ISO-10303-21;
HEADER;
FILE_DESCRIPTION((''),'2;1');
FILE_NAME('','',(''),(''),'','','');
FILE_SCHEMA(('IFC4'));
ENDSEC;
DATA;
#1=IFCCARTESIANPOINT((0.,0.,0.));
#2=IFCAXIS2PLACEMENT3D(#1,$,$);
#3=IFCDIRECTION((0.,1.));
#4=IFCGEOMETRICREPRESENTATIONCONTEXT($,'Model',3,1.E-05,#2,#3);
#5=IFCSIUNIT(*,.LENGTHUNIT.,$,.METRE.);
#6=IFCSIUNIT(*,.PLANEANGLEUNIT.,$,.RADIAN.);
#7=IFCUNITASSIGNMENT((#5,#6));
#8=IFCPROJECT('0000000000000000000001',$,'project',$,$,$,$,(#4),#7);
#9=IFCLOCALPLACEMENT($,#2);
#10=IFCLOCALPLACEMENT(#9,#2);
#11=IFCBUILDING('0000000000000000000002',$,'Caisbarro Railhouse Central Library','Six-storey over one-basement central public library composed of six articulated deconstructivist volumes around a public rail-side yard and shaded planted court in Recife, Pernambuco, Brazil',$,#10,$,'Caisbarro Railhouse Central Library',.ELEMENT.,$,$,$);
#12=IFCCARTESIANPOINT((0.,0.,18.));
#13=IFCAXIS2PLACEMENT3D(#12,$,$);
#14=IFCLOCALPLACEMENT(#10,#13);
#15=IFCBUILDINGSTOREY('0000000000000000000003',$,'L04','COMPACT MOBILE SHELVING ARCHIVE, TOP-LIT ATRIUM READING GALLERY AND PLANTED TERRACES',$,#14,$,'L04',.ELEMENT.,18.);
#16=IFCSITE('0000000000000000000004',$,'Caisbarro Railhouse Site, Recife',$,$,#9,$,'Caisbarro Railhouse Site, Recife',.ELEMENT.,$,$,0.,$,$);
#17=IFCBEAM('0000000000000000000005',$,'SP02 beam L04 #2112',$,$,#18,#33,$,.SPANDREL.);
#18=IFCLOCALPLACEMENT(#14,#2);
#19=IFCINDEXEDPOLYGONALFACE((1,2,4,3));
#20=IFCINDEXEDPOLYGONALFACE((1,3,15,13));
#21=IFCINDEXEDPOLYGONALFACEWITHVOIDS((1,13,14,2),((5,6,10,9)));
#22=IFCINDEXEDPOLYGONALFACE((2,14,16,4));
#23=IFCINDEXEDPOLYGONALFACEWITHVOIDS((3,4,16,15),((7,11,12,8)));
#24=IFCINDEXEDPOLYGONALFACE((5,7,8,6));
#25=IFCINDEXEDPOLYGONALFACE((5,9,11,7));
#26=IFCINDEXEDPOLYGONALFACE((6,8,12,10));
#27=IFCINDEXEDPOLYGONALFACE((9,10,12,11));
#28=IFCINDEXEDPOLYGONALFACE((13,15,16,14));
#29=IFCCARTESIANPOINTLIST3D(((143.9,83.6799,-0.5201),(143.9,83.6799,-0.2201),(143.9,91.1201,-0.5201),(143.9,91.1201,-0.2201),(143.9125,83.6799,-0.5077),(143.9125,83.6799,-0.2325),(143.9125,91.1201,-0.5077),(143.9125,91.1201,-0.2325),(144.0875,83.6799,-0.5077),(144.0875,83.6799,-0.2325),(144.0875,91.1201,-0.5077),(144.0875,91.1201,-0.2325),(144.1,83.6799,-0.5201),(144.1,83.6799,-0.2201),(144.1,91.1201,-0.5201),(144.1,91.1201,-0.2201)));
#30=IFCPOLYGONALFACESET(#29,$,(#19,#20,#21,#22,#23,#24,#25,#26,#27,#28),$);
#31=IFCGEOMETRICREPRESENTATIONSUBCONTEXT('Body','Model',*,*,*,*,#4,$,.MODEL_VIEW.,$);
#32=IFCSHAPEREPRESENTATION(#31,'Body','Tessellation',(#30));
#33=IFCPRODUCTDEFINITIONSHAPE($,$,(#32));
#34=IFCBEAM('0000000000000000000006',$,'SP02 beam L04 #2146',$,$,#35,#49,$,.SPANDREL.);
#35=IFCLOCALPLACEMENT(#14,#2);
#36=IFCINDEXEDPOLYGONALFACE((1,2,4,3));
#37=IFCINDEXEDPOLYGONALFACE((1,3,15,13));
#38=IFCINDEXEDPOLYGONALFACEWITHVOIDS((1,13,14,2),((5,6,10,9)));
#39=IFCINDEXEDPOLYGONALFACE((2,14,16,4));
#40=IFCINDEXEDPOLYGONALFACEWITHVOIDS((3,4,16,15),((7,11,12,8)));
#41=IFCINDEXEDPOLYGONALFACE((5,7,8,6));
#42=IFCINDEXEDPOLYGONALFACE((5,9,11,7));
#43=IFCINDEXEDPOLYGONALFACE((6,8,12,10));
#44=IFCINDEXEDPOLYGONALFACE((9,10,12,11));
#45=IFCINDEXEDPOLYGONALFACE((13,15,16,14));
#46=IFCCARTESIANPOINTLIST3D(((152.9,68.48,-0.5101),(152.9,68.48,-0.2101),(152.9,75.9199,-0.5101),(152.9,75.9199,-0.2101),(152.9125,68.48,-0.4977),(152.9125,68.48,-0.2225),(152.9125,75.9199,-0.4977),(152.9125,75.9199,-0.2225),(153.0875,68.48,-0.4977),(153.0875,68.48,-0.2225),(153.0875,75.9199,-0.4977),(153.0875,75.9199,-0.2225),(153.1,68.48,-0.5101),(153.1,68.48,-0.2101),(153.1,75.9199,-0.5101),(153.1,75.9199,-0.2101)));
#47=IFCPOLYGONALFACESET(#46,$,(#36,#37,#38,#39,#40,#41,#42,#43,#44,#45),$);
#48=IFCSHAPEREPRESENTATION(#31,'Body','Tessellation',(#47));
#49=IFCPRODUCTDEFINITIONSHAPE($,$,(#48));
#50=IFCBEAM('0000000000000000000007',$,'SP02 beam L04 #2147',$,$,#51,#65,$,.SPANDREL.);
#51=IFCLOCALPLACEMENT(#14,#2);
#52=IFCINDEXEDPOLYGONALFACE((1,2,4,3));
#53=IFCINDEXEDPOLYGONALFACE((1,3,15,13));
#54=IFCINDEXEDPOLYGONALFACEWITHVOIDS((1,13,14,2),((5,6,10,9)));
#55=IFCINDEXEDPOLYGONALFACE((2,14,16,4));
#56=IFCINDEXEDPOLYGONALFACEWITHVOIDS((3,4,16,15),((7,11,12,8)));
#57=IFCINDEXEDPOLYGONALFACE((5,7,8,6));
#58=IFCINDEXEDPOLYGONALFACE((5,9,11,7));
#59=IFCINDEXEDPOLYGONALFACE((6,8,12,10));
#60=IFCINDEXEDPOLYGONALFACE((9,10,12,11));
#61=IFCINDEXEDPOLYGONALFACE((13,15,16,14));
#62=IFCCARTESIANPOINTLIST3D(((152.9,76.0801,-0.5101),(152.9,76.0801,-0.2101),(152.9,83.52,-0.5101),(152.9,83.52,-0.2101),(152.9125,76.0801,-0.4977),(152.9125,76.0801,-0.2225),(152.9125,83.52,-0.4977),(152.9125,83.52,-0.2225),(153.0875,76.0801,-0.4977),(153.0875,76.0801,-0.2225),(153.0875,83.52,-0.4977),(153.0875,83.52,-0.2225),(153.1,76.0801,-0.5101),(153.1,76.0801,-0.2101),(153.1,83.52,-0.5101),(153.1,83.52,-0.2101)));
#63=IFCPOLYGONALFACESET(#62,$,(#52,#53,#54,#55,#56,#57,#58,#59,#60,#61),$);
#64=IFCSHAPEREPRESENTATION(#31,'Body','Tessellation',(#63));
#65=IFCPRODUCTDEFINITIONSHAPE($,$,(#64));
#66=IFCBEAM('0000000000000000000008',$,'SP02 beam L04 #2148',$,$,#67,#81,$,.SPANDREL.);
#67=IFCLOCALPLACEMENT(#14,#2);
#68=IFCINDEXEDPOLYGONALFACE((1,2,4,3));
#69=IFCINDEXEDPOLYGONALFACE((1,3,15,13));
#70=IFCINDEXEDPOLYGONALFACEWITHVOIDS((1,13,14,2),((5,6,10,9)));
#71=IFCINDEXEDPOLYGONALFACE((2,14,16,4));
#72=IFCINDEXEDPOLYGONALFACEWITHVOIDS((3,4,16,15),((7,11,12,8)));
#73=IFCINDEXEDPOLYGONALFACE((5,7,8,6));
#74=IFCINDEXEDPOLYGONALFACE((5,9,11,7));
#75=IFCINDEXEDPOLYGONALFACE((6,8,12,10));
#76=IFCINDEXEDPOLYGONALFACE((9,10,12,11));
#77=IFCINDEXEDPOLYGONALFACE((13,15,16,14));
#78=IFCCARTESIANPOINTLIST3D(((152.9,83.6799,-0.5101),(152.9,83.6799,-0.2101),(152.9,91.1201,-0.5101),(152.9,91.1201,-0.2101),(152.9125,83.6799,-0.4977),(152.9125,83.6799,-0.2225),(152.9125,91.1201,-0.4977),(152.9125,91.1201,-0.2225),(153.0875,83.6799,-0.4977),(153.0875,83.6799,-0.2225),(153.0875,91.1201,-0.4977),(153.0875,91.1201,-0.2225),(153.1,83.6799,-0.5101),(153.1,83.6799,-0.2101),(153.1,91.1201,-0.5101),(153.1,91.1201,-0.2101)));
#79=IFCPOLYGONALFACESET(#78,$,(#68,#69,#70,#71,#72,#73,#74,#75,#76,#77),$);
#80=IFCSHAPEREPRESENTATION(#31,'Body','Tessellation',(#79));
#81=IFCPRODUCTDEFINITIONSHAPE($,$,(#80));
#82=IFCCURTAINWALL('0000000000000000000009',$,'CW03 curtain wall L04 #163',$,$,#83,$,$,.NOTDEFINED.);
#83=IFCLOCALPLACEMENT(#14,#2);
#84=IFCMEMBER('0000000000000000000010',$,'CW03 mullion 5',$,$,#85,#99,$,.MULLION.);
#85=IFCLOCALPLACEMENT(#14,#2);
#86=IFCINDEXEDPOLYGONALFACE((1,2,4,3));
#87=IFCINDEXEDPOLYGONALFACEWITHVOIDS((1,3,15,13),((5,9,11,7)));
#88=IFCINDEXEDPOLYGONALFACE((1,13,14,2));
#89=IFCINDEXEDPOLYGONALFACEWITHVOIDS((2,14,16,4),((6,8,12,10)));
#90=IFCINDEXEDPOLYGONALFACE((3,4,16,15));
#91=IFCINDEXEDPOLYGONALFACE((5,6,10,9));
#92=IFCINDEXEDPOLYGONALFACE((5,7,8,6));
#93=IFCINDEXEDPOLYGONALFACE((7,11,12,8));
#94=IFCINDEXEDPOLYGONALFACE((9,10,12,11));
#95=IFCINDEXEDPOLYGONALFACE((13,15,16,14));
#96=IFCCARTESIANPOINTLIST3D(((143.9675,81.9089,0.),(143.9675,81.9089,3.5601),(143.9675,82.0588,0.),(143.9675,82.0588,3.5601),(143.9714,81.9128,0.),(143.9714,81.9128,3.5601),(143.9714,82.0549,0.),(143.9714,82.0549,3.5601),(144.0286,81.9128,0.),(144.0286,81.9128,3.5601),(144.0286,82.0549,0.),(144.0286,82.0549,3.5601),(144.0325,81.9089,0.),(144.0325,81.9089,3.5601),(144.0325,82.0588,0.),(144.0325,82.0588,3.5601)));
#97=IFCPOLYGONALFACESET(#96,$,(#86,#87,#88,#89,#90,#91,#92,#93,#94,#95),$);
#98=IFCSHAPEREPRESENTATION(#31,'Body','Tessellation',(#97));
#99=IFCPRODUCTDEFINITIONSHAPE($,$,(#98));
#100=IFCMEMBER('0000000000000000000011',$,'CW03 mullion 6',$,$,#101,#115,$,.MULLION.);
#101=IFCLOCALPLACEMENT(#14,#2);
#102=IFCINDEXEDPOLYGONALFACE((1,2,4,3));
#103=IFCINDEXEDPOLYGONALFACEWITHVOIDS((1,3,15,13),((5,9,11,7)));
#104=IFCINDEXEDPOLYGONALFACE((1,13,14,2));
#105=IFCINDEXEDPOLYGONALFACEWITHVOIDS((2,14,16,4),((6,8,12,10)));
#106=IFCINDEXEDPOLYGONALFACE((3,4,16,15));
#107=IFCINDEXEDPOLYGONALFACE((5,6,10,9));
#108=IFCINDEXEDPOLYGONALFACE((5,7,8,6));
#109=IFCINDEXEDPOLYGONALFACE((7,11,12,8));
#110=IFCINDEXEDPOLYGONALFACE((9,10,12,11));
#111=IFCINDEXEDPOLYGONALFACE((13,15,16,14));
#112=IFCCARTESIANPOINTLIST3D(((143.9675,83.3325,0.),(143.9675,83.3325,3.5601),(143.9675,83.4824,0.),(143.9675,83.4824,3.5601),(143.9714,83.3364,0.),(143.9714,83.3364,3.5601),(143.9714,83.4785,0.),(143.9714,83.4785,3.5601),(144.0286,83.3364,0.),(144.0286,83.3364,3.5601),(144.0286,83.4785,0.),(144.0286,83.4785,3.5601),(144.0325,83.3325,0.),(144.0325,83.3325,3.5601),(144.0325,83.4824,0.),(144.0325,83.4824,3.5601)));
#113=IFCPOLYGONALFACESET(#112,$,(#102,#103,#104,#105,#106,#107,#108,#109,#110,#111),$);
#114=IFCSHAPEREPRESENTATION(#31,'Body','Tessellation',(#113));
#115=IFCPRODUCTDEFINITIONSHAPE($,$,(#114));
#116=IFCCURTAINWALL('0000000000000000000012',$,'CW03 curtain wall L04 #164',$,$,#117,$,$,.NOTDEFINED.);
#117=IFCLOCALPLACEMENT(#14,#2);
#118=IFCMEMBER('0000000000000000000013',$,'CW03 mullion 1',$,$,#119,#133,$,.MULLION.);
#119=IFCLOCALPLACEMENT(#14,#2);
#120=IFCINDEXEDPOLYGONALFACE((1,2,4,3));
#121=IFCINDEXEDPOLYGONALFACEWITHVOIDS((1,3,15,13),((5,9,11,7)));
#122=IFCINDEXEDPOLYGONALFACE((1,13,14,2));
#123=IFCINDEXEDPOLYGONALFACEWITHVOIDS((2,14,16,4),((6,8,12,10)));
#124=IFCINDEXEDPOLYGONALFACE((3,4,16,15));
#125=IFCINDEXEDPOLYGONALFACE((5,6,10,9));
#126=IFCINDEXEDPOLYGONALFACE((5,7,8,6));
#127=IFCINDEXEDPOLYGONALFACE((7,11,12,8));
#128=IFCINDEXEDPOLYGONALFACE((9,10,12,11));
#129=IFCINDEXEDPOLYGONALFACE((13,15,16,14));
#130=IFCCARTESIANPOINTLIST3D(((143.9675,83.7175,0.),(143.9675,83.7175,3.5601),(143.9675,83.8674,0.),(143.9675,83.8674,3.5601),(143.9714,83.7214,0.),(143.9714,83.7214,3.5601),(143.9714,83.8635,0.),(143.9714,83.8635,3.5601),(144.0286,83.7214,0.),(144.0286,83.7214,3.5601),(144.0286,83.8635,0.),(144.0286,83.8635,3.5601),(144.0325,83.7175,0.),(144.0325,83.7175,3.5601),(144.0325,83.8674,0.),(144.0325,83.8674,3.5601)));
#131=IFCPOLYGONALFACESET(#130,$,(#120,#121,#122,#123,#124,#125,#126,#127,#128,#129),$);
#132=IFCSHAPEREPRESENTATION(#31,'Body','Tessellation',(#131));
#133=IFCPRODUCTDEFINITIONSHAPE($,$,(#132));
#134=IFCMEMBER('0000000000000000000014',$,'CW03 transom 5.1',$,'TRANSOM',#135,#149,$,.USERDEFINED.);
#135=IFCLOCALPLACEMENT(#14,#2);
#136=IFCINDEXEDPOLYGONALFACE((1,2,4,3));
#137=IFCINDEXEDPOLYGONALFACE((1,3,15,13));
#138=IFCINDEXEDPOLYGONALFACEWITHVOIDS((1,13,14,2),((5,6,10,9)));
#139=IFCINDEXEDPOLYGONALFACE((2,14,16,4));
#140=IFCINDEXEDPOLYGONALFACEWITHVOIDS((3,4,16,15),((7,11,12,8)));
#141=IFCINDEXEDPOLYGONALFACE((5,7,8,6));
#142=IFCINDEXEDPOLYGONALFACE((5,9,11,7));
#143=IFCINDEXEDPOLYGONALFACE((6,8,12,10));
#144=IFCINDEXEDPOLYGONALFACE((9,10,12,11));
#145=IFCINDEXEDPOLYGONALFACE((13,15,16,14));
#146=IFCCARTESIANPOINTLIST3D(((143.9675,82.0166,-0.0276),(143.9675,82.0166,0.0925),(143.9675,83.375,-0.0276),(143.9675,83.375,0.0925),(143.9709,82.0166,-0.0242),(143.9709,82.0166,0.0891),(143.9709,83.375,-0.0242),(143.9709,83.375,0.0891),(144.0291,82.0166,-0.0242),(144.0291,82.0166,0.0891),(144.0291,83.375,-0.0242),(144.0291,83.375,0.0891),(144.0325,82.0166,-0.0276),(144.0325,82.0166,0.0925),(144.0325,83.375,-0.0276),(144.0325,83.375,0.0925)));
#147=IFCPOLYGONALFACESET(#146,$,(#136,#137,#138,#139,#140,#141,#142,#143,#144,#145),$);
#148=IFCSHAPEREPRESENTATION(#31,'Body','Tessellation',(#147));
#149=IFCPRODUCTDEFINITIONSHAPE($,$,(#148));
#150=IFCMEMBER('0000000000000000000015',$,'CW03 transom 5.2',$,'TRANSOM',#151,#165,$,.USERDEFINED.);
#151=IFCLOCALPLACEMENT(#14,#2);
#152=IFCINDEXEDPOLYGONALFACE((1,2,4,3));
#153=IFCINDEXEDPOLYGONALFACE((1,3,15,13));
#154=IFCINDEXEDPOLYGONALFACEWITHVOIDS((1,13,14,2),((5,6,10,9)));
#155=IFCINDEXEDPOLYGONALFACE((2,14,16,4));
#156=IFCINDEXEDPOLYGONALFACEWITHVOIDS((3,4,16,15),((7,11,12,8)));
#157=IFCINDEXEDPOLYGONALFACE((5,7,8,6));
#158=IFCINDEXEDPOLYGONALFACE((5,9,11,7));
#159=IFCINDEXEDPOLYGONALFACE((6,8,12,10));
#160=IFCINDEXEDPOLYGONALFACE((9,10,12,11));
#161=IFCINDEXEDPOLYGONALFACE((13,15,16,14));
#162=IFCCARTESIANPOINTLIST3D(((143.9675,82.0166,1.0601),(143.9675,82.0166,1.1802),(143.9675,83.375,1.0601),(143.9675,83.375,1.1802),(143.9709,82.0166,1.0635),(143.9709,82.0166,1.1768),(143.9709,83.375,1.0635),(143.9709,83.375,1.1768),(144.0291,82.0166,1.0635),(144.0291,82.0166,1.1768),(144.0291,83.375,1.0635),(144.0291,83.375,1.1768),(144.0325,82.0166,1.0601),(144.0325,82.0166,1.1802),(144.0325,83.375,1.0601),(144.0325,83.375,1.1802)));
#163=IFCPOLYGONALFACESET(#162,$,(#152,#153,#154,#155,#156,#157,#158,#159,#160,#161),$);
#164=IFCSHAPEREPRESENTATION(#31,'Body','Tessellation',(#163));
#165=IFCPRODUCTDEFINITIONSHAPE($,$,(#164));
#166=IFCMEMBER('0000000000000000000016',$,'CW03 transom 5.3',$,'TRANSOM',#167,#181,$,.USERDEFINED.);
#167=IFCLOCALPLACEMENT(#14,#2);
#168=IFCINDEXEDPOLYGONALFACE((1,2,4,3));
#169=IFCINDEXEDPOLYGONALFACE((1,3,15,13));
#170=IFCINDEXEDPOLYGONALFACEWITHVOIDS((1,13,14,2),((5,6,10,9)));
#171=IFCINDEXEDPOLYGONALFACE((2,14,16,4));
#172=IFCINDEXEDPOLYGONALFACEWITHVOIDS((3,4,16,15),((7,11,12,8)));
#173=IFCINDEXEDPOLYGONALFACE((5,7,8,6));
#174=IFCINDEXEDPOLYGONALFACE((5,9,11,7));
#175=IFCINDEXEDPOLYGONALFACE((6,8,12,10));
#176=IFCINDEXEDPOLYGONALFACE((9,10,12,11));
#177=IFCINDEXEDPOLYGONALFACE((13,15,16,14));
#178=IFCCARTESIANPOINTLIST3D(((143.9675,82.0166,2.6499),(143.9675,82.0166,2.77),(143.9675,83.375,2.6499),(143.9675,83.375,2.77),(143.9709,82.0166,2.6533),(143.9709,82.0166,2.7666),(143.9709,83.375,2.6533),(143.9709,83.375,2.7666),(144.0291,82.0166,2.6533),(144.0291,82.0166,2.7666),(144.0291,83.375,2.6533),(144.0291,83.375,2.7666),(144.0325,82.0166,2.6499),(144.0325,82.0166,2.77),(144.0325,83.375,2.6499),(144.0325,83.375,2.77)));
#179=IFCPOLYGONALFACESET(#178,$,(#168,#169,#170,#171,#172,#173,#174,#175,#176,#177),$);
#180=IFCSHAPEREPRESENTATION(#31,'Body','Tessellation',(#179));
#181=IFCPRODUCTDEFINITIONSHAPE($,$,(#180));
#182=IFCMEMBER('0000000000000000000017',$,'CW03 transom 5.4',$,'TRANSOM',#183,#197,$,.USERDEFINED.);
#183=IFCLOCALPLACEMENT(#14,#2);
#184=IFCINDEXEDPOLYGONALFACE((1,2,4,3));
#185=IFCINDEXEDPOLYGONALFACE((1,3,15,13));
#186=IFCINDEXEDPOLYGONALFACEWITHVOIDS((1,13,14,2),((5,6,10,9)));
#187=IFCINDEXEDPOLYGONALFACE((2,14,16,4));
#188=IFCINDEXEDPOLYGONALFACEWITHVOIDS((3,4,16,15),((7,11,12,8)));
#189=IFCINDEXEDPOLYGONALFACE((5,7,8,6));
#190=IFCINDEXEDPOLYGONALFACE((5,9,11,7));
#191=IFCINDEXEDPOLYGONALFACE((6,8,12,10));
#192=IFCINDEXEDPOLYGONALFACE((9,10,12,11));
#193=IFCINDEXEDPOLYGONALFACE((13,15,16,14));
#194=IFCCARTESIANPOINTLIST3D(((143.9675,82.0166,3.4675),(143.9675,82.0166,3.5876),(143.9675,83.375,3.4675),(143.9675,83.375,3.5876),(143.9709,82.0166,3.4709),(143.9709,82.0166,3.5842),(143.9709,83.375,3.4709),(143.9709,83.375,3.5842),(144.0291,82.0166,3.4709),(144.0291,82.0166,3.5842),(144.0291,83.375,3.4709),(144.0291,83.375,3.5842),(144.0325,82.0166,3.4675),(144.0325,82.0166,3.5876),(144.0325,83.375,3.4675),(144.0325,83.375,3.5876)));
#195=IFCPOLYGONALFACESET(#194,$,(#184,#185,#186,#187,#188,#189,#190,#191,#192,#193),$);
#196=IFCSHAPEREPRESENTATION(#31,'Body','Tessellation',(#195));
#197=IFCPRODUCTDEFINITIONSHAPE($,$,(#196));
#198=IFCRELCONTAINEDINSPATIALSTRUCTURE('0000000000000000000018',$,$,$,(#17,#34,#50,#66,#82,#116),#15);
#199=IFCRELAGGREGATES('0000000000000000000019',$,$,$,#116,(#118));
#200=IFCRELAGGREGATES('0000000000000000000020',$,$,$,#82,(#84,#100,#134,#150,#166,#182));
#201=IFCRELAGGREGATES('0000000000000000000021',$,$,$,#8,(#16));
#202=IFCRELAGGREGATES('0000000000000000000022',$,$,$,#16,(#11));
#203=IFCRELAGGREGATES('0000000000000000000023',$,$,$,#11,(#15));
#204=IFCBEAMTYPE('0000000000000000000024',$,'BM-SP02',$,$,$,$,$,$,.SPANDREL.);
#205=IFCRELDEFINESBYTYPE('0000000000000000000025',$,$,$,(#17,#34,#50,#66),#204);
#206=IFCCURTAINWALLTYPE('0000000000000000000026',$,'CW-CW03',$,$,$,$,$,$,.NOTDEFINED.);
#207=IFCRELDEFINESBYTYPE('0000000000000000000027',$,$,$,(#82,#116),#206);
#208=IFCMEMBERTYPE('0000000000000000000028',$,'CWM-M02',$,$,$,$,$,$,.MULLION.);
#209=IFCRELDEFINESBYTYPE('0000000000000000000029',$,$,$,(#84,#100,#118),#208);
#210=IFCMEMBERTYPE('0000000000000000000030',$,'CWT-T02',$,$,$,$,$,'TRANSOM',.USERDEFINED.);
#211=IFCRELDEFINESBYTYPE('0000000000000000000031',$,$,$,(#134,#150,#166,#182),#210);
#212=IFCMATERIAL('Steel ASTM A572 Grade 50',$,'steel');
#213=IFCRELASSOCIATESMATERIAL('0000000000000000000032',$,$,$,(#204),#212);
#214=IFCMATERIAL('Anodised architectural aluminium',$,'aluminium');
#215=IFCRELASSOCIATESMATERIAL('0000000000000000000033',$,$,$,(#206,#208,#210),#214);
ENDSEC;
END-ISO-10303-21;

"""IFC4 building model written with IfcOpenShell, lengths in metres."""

from ifc_helpers import new_model, si_unit, direction, frame, origin, origin_2d, place, context, subcontext, project, spatial, hollow_rectangle, extrude, material, material_profile, profile_set, type_object, element, aggregate, save


model = new_model("IFC4")

# Units and contexts
model_context = context("Model", 3, precision=1e-05, world=origin(), true_north=direction((0.0, 1.0)))
body_context = subcontext(model_context, "Body", "Model", "MODEL_VIEW")
ifc_project = project(units=[si_unit("LENGTHUNIT", "METRE"), si_unit("PLANEANGLEUNIT", "RADIAN")], contexts=[model_context])

# Site, building, storey
site_placement = place(None, origin())
site = spatial("IfcSite", under=ifc_project, at=site_placement, Name="Caisbarro Railhouse Site, Recife", LongName="Caisbarro Railhouse Site, Recife", CompositionType="ELEMENT", RefElevation=0.0)
building_placement = place(site_placement, origin())
building = spatial("IfcBuilding", under=site, at=building_placement, Name="Caisbarro Railhouse Central Library", Description="Six-storey over one-basement central public library composed of six articulated deconstructivist volumes around a public rail-side yard and shaded planted court in Recife, Pernambuco, Brazil", LongName="Caisbarro Railhouse Central Library", CompositionType="ELEMENT")
storey_placement = place(building_placement, frame((0.0, 0.0, 18.0)))
storey = spatial("IfcBuildingStorey", under=building, at=storey_placement, Name="L04", Description="COMPACT MOBILE SHELVING ARCHIVE, TOP-LIT ATRIUM READING GALLERY AND PLANTED TERRACES", LongName="L04", CompositionType="ELEMENT", Elevation=18.0)

# Shared definitions
ifc_material_1 = material(Name="Steel ASTM A572 Grade 50", Category="steel")

# Beams
ifc_material_profile_1 = material_profile(ifc_material_1, hollow_rectangle(XDim=0.2, YDim=0.3, WallThickness=0.0125, at=origin_2d()), Name="HSS300X200X12.5")
ifc_profile_set_1 = profile_set([ifc_material_profile_1], Name="Steel ASTM A572 Grade 50")
beam_type_1 = type_object("IfcBeamType", Name="BM-SP02", PredefinedType="SPANDREL", material=ifc_profile_set_1)
beam_1_placement = place(storey_placement, frame((144.0, 83.6799, -0.3701), z_axis=(0.0, 1.0, 0.0), x_axis=(-1.0, 0.0, 0.0)))
element("IfcBeam", 1, at=beam_1_placement, inside=storey, type_object=beam_type_1, Name="SP02 beam L04 #2112", PredefinedType="SPANDREL", context=body_context, shape_type="SweptSolid", body=[
    extrude(hollow_rectangle(XDim=0.2, YDim=0.3, WallThickness=0.0125, at=origin_2d()), origin(), (0.0, 0.0, 1.0), 7.4402),
])
for number, where, z_axis, x_axis, name in (
    (2, (153.0, 68.48, -0.3601), (0.0, 1.0, 0.0), (-1.0, 0.0, 0.0), "SP02 beam L04 #2146"),
    (3, (153.0, 76.0801, -0.3601), (0.0, 1.0, 0.0), (-1.0, 0.0, 0.0), "SP02 beam L04 #2147"),
):
    element("IfcBeam", number, at=place(storey_placement, frame(where, z_axis=z_axis, x_axis=x_axis)), inside=storey, type_object=beam_type_1, Name=name, PredefinedType="SPANDREL", context=body_context, shape_type="SweptSolid", body=[
        extrude(hollow_rectangle(XDim=0.2, YDim=0.3, WallThickness=0.0125, at=origin_2d()), origin(), (0.0, 0.0, 1.0), 7.4399),
    ])
beam_2_placement = place(storey_placement, frame((153.0, 83.6799, -0.3601), z_axis=(0.0, 1.0, 0.0), x_axis=(-1.0, 0.0, 0.0)))
element("IfcBeam", 4, at=beam_2_placement, inside=storey, type_object=beam_type_1, Name="SP02 beam L04 #2148", PredefinedType="SPANDREL", context=body_context, shape_type="SweptSolid", body=[
    extrude(hollow_rectangle(XDim=0.2, YDim=0.3, WallThickness=0.0125, at=origin_2d()), origin(), (0.0, 0.0, 1.0), 7.4402),
])

# Curtain wall, members
ifc_material_2 = material(Name="Anodised architectural aluminium", Category="aluminium")
curtain_wall_type = type_object("IfcCurtainWallType", Name="CW-CW03", PredefinedType="NOTDEFINED", material=ifc_material_2)
curtain_wall_1_placement = place(storey_placement, origin())
curtain_wall_1 = element("IfcCurtainWall", 5, at=curtain_wall_1_placement, inside=storey, type_object=curtain_wall_type, Name="CW03 curtain wall L04 #163", PredefinedType="NOTDEFINED")
ifc_material_profile_2 = material_profile(ifc_material_2, hollow_rectangle(XDim=0.0649, YDim=0.1499, WallThickness=0.0039, at=origin_2d()), Name="ALU-MUL-65X150")
ifc_profile_set_2 = profile_set([ifc_material_profile_2], Name="Anodised architectural aluminium")
member_type_1 = type_object("IfcMemberType", Name="CWM-M02", PredefinedType="MULLION", material=ifc_profile_set_2)
member_1_placement = place(storey_placement, frame((144.0, 81.9839, 0.0), z_axis=(0.0, 0.0, 1.0), x_axis=(-1.0, 0.0, 0.0)))
member_1 = element("IfcMember", 6, at=member_1_placement, type_object=member_type_1, Name="CW03 mullion 5", PredefinedType="MULLION", context=body_context, shape_type="SweptSolid", body=[
    extrude(hollow_rectangle(XDim=0.0649, YDim=0.1499, WallThickness=0.0039, at=origin_2d()), origin(), (0.0, 0.0, 1.0), 3.5601),
])
member_2_placement = place(storey_placement, frame((144.0, 83.4075, 0.0), z_axis=(0.0, 0.0, 1.0), x_axis=(-1.0, 0.0, 0.0)))
member_2 = element("IfcMember", 7, at=member_2_placement, type_object=member_type_1, Name="CW03 mullion 6", PredefinedType="MULLION", context=body_context, shape_type="SweptSolid", body=[
    extrude(hollow_rectangle(XDim=0.0649, YDim=0.1499, WallThickness=0.0039, at=origin_2d()), origin(), (0.0, 0.0, 1.0), 3.5601),
])

# Curtain wall, member
curtain_wall_2_placement = place(storey_placement, origin())
curtain_wall_2 = element("IfcCurtainWall", 8, at=curtain_wall_2_placement, inside=storey, type_object=curtain_wall_type, Name="CW03 curtain wall L04 #164", PredefinedType="NOTDEFINED")
member_3_placement = place(storey_placement, frame((144.0, 83.7925, 0.0), z_axis=(0.0, 0.0, 1.0), x_axis=(-1.0, 0.0, 0.0)))
member_3 = element("IfcMember", 9, at=member_3_placement, type_object=member_type_1, Name="CW03 mullion 1", PredefinedType="MULLION", context=body_context, shape_type="SweptSolid", body=[
    extrude(hollow_rectangle(XDim=0.0649, YDim=0.1499, WallThickness=0.0039, at=origin_2d()), origin(), (0.0, 0.0, 1.0), 3.5601),
])

# Members
ifc_material_profile_3 = material_profile(ifc_material_2, hollow_rectangle(XDim=0.0649, YDim=0.1201, WallThickness=0.0034, at=origin_2d()), Name="ALU-TRN-65X120")
ifc_profile_set_3 = profile_set([ifc_material_profile_3], Name="Anodised architectural aluminium")
member_type_2 = type_object("IfcMemberType", Name="CWT-T02", ElementType="TRANSOM", PredefinedType="USERDEFINED", material=ifc_profile_set_3)
member_4_placement = place(storey_placement, frame((144.0, 82.0166, 0.0325), z_axis=(0.0, 1.0, 0.0), x_axis=(-1.0, 0.0, 0.0)))
member_4 = element("IfcMember", 10, at=member_4_placement, type_object=member_type_2, Name="CW03 transom 5.1", ObjectType="TRANSOM", PredefinedType="USERDEFINED", context=body_context, shape_type="SweptSolid", body=[
    extrude(hollow_rectangle(XDim=0.0649, YDim=0.1201, WallThickness=0.0034, at=origin_2d()), origin(), (0.0, 0.0, 1.0), 1.3584),
])
member_5_placement = place(storey_placement, frame((144.0, 82.0166, 1.1201), z_axis=(0.0, 1.0, 0.0), x_axis=(-1.0, 0.0, 0.0)))
member_5 = element("IfcMember", 11, at=member_5_placement, type_object=member_type_2, Name="CW03 transom 5.2", ObjectType="TRANSOM", PredefinedType="USERDEFINED", context=body_context, shape_type="SweptSolid", body=[
    extrude(hollow_rectangle(XDim=0.0649, YDim=0.1201, WallThickness=0.0034, at=origin_2d()), origin(), (0.0, 0.0, 1.0), 1.3584),
])
member_6_placement = place(storey_placement, frame((144.0, 82.0166, 2.71), z_axis=(0.0, 1.0, 0.0), x_axis=(-1.0, 0.0, 0.0)))
member_6 = element("IfcMember", 12, at=member_6_placement, type_object=member_type_2, Name="CW03 transom 5.3", ObjectType="TRANSOM", PredefinedType="USERDEFINED", context=body_context, shape_type="SweptSolid", body=[
    extrude(hollow_rectangle(XDim=0.0649, YDim=0.1201, WallThickness=0.0034, at=origin_2d()), origin(), (0.0, 0.0, 1.0), 1.3584),
])
member_7_placement = place(storey_placement, frame((144.0, 82.0166, 3.5276), z_axis=(0.0, 1.0, 0.0), x_axis=(-1.0, 0.0, 0.0)))
member_7 = element("IfcMember", 13, at=member_7_placement, type_object=member_type_2, Name="CW03 transom 5.4", ObjectType="TRANSOM", PredefinedType="USERDEFINED", context=body_context, shape_type="SweptSolid", body=[
    extrude(hollow_rectangle(XDim=0.0649, YDim=0.1201, WallThickness=0.0034, at=origin_2d()), origin(), (0.0, 0.0, 1.0), 1.3584),
])
aggregate(curtain_wall_2, [member_3])

aggregate(curtain_wall_1, [member_1, member_2, member_4, member_5, member_6, member_7])

save(model, "model.ifc")
